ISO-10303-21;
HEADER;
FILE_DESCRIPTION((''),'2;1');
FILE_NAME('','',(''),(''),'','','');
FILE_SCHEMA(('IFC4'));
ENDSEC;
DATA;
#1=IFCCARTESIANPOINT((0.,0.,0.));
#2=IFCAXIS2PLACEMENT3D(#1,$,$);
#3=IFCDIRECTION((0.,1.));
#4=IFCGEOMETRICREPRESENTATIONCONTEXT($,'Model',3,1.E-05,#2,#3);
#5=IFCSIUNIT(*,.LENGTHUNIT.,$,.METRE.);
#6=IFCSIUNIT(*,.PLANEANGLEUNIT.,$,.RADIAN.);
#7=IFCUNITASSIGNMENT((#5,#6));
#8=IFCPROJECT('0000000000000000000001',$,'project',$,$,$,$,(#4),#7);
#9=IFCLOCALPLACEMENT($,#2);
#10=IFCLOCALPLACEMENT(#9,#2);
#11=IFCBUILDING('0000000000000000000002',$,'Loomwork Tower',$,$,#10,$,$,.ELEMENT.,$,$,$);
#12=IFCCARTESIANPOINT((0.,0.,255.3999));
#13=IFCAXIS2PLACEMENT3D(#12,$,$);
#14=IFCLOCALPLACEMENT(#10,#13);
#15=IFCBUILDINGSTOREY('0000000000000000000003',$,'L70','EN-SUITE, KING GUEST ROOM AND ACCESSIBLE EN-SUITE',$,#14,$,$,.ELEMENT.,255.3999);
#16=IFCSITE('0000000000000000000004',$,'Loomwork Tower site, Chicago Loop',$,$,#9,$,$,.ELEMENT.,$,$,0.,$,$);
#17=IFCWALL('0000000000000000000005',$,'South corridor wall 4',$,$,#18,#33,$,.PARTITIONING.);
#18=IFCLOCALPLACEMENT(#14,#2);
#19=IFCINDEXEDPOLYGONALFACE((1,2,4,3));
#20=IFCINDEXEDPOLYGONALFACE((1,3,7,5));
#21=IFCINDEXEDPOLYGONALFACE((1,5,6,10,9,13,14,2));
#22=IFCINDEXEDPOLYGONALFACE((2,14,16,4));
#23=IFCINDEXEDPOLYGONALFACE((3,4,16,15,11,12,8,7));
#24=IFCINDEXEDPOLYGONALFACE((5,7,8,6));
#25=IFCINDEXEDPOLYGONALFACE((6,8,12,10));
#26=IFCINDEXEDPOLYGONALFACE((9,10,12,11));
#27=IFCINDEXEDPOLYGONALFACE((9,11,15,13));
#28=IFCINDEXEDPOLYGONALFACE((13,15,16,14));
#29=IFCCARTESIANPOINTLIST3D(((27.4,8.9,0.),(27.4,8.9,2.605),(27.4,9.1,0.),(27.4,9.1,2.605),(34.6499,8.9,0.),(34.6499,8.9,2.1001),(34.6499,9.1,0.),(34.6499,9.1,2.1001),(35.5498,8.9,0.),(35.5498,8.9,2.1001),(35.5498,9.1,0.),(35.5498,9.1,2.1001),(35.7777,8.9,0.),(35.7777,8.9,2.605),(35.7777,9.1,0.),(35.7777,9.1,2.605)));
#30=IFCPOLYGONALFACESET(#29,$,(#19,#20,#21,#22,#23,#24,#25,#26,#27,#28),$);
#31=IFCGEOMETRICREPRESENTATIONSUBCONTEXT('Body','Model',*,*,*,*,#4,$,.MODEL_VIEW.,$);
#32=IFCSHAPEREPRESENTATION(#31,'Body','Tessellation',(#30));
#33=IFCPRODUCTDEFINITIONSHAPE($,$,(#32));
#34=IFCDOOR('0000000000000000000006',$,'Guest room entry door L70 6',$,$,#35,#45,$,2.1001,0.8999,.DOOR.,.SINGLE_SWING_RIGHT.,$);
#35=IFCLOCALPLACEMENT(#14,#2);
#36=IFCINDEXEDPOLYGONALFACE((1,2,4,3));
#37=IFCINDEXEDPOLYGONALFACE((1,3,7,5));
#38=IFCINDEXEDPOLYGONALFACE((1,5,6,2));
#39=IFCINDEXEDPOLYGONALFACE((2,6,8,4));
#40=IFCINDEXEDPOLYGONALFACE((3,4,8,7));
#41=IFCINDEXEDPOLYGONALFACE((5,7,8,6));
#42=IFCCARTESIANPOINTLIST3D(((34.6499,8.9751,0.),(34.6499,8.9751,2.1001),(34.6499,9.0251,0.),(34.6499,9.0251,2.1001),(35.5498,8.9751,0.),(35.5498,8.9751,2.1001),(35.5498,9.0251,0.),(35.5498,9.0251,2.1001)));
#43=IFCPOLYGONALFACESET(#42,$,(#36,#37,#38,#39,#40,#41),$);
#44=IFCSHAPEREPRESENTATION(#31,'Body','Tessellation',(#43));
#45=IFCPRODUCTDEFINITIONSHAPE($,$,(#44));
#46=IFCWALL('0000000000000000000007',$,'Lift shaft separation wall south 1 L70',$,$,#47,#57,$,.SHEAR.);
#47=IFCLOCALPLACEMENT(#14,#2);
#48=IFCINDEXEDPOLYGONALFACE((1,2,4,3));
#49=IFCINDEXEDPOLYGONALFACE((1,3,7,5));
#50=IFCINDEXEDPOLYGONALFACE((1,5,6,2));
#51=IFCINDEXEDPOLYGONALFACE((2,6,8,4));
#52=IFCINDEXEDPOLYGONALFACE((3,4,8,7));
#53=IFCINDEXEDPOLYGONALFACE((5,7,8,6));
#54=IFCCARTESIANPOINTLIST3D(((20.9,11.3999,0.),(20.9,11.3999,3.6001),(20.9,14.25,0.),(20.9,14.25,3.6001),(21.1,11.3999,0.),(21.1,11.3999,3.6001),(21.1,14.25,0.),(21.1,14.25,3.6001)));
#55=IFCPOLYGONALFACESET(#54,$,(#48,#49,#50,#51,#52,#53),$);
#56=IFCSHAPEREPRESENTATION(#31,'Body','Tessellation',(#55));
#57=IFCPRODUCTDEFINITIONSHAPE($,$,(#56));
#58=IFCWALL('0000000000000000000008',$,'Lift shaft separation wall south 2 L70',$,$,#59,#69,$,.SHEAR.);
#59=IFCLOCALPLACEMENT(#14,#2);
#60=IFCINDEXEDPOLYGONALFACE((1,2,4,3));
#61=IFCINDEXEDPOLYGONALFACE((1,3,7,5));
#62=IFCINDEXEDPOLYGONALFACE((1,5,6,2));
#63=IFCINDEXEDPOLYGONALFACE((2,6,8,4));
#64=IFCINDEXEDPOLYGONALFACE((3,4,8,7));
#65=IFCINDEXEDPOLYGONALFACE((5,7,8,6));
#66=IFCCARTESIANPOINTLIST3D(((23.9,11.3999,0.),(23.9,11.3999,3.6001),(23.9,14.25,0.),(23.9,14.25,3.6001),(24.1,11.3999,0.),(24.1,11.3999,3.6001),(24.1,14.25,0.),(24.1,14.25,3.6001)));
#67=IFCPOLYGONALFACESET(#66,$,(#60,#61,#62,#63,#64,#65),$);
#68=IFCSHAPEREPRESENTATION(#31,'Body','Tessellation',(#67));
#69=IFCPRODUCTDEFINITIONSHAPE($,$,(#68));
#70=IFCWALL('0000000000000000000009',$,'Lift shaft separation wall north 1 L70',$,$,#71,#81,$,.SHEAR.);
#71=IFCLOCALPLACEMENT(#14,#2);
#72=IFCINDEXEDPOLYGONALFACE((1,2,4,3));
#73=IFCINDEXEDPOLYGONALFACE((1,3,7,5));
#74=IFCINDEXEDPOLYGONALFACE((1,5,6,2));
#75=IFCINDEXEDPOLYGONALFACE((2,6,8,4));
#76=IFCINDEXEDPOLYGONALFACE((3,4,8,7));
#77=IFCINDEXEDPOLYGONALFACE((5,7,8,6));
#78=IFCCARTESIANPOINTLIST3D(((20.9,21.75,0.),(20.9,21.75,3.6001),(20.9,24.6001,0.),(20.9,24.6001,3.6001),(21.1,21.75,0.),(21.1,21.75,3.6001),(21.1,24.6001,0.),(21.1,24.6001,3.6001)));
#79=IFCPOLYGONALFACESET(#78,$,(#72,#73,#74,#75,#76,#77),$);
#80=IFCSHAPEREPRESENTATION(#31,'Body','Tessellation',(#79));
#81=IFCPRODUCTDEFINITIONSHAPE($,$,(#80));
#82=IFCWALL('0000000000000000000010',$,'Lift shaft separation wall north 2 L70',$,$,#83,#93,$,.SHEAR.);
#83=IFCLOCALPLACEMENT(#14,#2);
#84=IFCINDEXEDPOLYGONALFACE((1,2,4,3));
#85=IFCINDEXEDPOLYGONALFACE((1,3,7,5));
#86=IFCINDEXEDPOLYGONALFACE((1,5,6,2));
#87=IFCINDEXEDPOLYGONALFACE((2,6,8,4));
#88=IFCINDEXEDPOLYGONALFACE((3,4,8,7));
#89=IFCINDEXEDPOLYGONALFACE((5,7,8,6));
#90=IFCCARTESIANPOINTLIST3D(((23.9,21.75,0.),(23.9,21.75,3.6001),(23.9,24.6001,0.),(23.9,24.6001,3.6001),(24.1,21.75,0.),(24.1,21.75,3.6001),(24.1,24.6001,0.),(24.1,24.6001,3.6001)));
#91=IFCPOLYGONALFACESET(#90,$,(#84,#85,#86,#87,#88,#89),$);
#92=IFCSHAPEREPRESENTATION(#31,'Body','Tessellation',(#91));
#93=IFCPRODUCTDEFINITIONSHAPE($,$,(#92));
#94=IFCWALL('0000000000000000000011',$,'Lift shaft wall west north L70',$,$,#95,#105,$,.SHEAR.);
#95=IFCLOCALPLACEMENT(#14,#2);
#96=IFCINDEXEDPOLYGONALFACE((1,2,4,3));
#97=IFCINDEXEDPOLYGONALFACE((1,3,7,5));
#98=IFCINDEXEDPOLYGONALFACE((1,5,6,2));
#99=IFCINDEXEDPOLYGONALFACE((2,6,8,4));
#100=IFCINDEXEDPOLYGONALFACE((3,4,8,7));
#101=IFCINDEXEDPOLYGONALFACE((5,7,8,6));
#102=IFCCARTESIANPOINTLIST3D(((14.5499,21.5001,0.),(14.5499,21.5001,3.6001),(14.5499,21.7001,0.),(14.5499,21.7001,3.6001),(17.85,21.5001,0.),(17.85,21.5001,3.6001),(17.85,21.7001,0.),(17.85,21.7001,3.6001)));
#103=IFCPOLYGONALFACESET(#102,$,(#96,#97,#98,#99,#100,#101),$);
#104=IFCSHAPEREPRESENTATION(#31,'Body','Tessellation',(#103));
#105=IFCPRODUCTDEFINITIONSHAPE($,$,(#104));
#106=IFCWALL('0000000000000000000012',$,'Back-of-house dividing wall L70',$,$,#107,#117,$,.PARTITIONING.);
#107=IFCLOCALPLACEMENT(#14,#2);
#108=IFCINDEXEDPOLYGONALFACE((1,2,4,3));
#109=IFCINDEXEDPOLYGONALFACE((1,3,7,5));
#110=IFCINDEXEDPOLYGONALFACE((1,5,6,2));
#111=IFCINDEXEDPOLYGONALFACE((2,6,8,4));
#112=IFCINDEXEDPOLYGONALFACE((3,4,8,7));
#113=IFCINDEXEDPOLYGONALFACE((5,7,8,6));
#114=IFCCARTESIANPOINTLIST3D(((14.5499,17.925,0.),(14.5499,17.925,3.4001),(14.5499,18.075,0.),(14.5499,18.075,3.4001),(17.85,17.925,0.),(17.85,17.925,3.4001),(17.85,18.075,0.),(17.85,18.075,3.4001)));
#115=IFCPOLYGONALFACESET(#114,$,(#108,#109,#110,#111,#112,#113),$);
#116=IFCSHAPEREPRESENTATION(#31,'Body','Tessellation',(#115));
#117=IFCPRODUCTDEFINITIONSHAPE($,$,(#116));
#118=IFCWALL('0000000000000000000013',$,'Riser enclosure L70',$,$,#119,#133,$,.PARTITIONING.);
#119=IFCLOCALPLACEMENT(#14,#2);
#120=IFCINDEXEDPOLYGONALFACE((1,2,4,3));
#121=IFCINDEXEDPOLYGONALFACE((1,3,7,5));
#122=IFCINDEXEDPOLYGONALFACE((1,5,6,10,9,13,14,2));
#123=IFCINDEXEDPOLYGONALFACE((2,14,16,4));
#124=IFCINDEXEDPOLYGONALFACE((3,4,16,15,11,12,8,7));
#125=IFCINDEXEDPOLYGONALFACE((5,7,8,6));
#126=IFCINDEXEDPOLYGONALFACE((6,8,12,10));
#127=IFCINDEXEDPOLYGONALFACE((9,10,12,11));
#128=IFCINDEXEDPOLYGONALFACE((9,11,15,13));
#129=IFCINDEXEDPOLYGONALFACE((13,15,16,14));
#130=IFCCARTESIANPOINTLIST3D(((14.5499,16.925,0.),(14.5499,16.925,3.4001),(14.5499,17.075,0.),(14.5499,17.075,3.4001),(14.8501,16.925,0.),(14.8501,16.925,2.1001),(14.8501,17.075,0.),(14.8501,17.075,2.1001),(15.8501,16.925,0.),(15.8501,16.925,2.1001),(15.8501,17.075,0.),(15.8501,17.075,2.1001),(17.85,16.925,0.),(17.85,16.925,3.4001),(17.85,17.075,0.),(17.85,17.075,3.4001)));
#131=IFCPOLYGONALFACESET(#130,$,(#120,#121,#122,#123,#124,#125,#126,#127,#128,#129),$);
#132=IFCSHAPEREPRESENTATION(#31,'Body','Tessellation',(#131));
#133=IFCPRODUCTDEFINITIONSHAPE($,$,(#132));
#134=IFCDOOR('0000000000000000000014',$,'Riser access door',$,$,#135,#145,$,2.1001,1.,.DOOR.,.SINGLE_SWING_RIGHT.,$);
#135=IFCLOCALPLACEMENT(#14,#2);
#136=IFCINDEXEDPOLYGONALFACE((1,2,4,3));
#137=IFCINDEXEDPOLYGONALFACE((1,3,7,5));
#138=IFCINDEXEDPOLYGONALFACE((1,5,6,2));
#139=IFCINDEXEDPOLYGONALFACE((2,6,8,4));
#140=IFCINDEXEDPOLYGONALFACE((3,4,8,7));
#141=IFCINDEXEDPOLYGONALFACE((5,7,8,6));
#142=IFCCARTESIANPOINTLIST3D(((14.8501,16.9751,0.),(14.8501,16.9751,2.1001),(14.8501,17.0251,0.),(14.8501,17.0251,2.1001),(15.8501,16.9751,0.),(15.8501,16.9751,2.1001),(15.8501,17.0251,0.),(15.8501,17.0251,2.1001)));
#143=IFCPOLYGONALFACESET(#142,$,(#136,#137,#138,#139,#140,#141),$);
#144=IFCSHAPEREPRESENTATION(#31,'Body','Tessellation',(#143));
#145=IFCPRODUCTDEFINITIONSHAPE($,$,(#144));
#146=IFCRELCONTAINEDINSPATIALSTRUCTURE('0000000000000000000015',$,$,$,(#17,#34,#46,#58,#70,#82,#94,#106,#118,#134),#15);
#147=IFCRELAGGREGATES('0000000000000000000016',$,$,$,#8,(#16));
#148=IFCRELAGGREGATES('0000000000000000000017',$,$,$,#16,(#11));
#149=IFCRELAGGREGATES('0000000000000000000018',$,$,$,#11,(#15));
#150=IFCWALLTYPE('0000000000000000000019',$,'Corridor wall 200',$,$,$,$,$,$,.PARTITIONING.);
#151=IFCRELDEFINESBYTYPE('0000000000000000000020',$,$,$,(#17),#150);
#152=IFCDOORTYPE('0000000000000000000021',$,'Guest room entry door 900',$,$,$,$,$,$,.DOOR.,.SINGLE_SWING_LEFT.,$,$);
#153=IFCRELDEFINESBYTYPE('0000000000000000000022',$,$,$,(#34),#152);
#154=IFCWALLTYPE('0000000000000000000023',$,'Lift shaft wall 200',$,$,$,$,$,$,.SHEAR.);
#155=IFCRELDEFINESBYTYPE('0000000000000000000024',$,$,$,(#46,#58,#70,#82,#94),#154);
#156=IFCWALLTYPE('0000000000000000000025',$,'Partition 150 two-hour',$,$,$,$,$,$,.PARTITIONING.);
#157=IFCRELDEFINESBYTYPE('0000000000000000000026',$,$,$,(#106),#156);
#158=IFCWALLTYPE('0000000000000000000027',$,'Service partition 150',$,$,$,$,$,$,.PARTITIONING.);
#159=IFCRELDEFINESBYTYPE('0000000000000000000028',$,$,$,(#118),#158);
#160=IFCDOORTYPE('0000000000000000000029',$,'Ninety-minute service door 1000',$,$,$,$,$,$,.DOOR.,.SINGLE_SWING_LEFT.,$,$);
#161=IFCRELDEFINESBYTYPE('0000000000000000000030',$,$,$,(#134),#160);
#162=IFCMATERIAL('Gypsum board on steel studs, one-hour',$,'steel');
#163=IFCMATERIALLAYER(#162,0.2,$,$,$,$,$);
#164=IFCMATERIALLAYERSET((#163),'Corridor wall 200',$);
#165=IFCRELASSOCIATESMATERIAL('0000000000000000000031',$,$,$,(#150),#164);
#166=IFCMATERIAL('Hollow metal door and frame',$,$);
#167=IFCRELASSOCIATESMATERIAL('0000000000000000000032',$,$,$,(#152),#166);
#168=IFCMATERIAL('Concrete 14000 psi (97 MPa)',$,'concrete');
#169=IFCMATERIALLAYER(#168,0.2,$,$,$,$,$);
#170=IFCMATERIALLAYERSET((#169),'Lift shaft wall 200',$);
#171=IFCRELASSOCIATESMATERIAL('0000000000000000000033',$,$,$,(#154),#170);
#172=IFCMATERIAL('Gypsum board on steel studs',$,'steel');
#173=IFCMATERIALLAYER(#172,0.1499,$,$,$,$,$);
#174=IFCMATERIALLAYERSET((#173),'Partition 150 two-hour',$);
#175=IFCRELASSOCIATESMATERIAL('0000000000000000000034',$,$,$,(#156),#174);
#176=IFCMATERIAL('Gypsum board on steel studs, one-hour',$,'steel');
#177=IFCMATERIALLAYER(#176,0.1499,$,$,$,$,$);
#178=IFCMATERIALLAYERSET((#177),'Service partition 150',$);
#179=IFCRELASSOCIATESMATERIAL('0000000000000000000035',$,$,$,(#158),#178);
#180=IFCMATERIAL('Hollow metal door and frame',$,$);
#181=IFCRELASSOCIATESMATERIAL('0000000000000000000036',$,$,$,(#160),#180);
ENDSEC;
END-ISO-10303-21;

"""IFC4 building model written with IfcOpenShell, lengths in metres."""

from ifc_helpers import new_model, si_unit, direction, frame, frame_2d, origin, place, context, subcontext, project, spatial, rectangle, extrude, material, layer, layer_set, type_object, element, fill, save


model = new_model("IFC4")

# Units and contexts
model_context = context("Model", 3, precision=1e-05, world=origin(), true_north=direction((0.0, 1.0)))
body_context = subcontext(model_context, "Body", "Model", "MODEL_VIEW")
ifc_project = project(units=[si_unit("LENGTHUNIT", "METRE"), si_unit("PLANEANGLEUNIT", "RADIAN")], contexts=[model_context])

# Site, building, storey
site_placement = place(None, origin())
site = spatial("IfcSite", under=ifc_project, at=site_placement, Name="Loomwork Tower site, Chicago Loop", CompositionType="ELEMENT", RefElevation=0.0)
building_placement = place(site_placement, origin())
building = spatial("IfcBuilding", under=site, at=building_placement, Name="Loomwork Tower", CompositionType="ELEMENT")
storey_placement = place(building_placement, frame((0.0, 0.0, 255.3999)))
storey = spatial("IfcBuildingStorey", under=building, at=storey_placement, Name="L70", Description="EN-SUITE, KING GUEST ROOM AND ACCESSIBLE EN-SUITE", CompositionType="ELEMENT", Elevation=255.3999)

# Wall, opening, door
ifc_material_1 = material(Name="Gypsum board on steel studs, one-hour", Category="steel")
ifc_layer_1 = layer(ifc_material_1, 0.2)
ifc_layer_set_1 = layer_set([ifc_layer_1], Name="Corridor wall 200")
wall_type_1 = type_object("IfcWallType", Name="Corridor wall 200", PredefinedType="PARTITIONING", material=ifc_layer_set_1)
wall_1_placement = place(storey_placement, frame((27.3999, 9.0, 0.0), z_axis=(0.0, 0.0, 1.0), x_axis=(1.0, 0.0, 0.0)))
wall_1 = element("IfcWall", 1, at=wall_1_placement, inside=storey, type_object=wall_type_1, Name="South corridor wall 4", PredefinedType="PARTITIONING", context=body_context, shape_type="SweptSolid", body=[
    extrude(rectangle(XDim=8.3777, YDim=0.2, at=frame_2d((4.189, 0.0))), origin(), (0.0, 0.0, 1.0), 2.605),
])
opening_1_placement = place(wall_1_placement, frame((7.25, 0.0, 0.0)))
opening_1 = element("IfcOpeningElement", 2, at=opening_1_placement, cuts=wall_1, PredefinedType="OPENING", context=body_context, shape_type="SweptSolid", body=[
    extrude(rectangle(XDim=0.8999, YDim=2.1001, at=frame_2d((0.45, 1.05))), frame((0.0, 0.1099, 0.0), z_axis=(0.0, -1.0, 0.0), x_axis=(1.0, 0.0, 0.0)), (0.0, 0.0, 1.0), 0.22),
])
ifc_material_2 = material(Name="Hollow metal door and frame")
door_type_1 = type_object("IfcDoorType", Name="Guest room entry door 900", OperationType="SINGLE_SWING_LEFT", PredefinedType="DOOR", material=ifc_material_2)
door_1_placement = place(opening_1_placement, frame((0.8999, 0.0, 0.0), z_axis=(0.0, 0.0, 1.0), x_axis=(-1.0, 0.0, 0.0)))
door_1 = element("IfcDoor", 3, at=door_1_placement, inside=storey, type_object=door_type_1, Name="Guest room entry door L70 6", OperationType="SINGLE_SWING_RIGHT", OverallHeight=2.1001, OverallWidth=0.8999, PredefinedType="DOOR", context=body_context, shape_type="SweptSolid", body=[
    extrude(rectangle(XDim=0.8999, YDim=2.1001, at=frame_2d((0.45, 1.05))), frame((0.0, 0.0249, 0.0), z_axis=(0.0, -1.0, 0.0), x_axis=(1.0, 0.0, 0.0)), (0.0, 0.0, 1.0), 0.05),
])
fill(opening_1, door_1)

# Walls
ifc_material_3 = material(Name="Concrete 14000 psi (97 MPa)", Category="concrete")
ifc_layer_2 = layer(ifc_material_3, 0.2)
ifc_layer_set_2 = layer_set([ifc_layer_2], Name="Lift shaft wall 200")
wall_type_2 = type_object("IfcWallType", Name="Lift shaft wall 200", PredefinedType="SHEAR", material=ifc_layer_set_2)
for number, where, z_axis, x_axis, name in (
    (4, (21.0, 11.3999, 0.0), (0.0, 0.0, 1.0), (0.0, 1.0, 0.0), "Lift shaft separation wall south 1 L70"),
    (5, (24.0, 11.3999, 0.0), (0.0, 0.0, 1.0), (0.0, 1.0, 0.0), "Lift shaft separation wall south 2 L70"),
    (6, (21.0, 21.75, 0.0), (0.0, 0.0, 1.0), (0.0, 1.0, 0.0), "Lift shaft separation wall north 1 L70"),
    (7, (24.0, 21.75, 0.0), (0.0, 0.0, 1.0), (0.0, 1.0, 0.0), "Lift shaft separation wall north 2 L70"),
):
    element("IfcWall", number, at=place(storey_placement, frame(where, z_axis=z_axis, x_axis=x_axis)), inside=storey, type_object=wall_type_2, Name=name, PredefinedType="SHEAR", context=body_context, shape_type="SweptSolid", body=[
        extrude(rectangle(XDim=2.8501, YDim=0.2, at=frame_2d((1.425, 0.0))), origin(), (0.0, 0.0, 1.0), 3.6001),
    ])
wall_2_placement = place(storey_placement, frame((14.55, 21.6001, 0.0), z_axis=(0.0, 0.0, 1.0), x_axis=(1.0, 0.0, 0.0)))
element("IfcWall", 8, at=wall_2_placement, inside=storey, type_object=wall_type_2, Name="Lift shaft wall west north L70", PredefinedType="SHEAR", context=body_context, shape_type="SweptSolid", body=[
    extrude(rectangle(XDim=3.3, YDim=0.2, at=frame_2d((1.6499, 0.0))), origin(), (0.0, 0.0, 1.0), 3.6001),
])
ifc_material_4 = material(Name="Gypsum board on steel studs", Category="steel")
ifc_layer_3 = layer(ifc_material_4, 0.1499)
ifc_layer_set_3 = layer_set([ifc_layer_3], Name="Partition 150 two-hour")
wall_type_3 = type_object("IfcWallType", Name="Partition 150 two-hour", PredefinedType="PARTITIONING", material=ifc_layer_set_3)
wall_3_placement = place(storey_placement, frame((14.55, 18.0, 0.0), z_axis=(0.0, 0.0, 1.0), x_axis=(1.0, 0.0, 0.0)))
element("IfcWall", 9, at=wall_3_placement, inside=storey, type_object=wall_type_3, Name="Back-of-house dividing wall L70", PredefinedType="PARTITIONING", context=body_context, shape_type="SweptSolid", body=[
    extrude(rectangle(XDim=3.3, YDim=0.1499, at=frame_2d((1.6499, 0.0))), origin(), (0.0, 0.0, 1.0), 3.4001),
])

# Wall, opening, door
ifc_material_5 = material(Name="Gypsum board on steel studs, one-hour", Category="steel")
ifc_layer_4 = layer(ifc_material_5, 0.1499)
ifc_layer_set_4 = layer_set([ifc_layer_4], Name="Service partition 150")
wall_type_4 = type_object("IfcWallType", Name="Service partition 150", PredefinedType="PARTITIONING", material=ifc_layer_set_4)
wall_4_placement = place(storey_placement, frame((14.55, 17.0, 0.0), z_axis=(0.0, 0.0, 1.0), x_axis=(1.0, 0.0, 0.0)))
wall_4 = element("IfcWall", 10, at=wall_4_placement, inside=storey, type_object=wall_type_4, Name="Riser enclosure L70", PredefinedType="PARTITIONING", context=body_context, shape_type="SweptSolid", body=[
    extrude(rectangle(XDim=3.3, YDim=0.1499, at=frame_2d((1.6499, 0.0))), origin(), (0.0, 0.0, 1.0), 3.4001),
])
opening_2_placement = place(wall_4_placement, frame((0.3, 0.0, 0.0)))
opening_2 = element("IfcOpeningElement", 11, at=opening_2_placement, cuts=wall_4, PredefinedType="OPENING", context=body_context, shape_type="SweptSolid", body=[
    extrude(rectangle(XDim=1.0, YDim=2.1001, at=frame_2d((0.5, 1.05))), frame((0.0, 0.085, 0.0), z_axis=(0.0, -1.0, 0.0), x_axis=(1.0, 0.0, 0.0)), (0.0, 0.0, 1.0), 0.1699),
])
ifc_material_6 = material(Name="Hollow metal door and frame")
door_type_2 = type_object("IfcDoorType", Name="Ninety-minute service door 1000", OperationType="SINGLE_SWING_LEFT", PredefinedType="DOOR", material=ifc_material_6)
door_2_placement = place(opening_2_placement, frame((1.0, 0.0, 0.0), z_axis=(0.0, 0.0, 1.0), x_axis=(-1.0, 0.0, 0.0)))
door_2 = element("IfcDoor", 12, at=door_2_placement, inside=storey, type_object=door_type_2, Name="Riser access door", OperationType="SINGLE_SWING_RIGHT", OverallHeight=2.1001, OverallWidth=1.0, PredefinedType="DOOR", context=body_context, shape_type="SweptSolid", body=[
    extrude(rectangle(XDim=1.0, YDim=2.1001, at=frame_2d((0.5, 1.05))), frame((0.0, 0.0249, 0.0), z_axis=(0.0, -1.0, 0.0), x_axis=(1.0, 0.0, 0.0)), (0.0, 0.0, 1.0), 0.05),
])
fill(opening_2, door_2)

save(model, "model.ifc")
